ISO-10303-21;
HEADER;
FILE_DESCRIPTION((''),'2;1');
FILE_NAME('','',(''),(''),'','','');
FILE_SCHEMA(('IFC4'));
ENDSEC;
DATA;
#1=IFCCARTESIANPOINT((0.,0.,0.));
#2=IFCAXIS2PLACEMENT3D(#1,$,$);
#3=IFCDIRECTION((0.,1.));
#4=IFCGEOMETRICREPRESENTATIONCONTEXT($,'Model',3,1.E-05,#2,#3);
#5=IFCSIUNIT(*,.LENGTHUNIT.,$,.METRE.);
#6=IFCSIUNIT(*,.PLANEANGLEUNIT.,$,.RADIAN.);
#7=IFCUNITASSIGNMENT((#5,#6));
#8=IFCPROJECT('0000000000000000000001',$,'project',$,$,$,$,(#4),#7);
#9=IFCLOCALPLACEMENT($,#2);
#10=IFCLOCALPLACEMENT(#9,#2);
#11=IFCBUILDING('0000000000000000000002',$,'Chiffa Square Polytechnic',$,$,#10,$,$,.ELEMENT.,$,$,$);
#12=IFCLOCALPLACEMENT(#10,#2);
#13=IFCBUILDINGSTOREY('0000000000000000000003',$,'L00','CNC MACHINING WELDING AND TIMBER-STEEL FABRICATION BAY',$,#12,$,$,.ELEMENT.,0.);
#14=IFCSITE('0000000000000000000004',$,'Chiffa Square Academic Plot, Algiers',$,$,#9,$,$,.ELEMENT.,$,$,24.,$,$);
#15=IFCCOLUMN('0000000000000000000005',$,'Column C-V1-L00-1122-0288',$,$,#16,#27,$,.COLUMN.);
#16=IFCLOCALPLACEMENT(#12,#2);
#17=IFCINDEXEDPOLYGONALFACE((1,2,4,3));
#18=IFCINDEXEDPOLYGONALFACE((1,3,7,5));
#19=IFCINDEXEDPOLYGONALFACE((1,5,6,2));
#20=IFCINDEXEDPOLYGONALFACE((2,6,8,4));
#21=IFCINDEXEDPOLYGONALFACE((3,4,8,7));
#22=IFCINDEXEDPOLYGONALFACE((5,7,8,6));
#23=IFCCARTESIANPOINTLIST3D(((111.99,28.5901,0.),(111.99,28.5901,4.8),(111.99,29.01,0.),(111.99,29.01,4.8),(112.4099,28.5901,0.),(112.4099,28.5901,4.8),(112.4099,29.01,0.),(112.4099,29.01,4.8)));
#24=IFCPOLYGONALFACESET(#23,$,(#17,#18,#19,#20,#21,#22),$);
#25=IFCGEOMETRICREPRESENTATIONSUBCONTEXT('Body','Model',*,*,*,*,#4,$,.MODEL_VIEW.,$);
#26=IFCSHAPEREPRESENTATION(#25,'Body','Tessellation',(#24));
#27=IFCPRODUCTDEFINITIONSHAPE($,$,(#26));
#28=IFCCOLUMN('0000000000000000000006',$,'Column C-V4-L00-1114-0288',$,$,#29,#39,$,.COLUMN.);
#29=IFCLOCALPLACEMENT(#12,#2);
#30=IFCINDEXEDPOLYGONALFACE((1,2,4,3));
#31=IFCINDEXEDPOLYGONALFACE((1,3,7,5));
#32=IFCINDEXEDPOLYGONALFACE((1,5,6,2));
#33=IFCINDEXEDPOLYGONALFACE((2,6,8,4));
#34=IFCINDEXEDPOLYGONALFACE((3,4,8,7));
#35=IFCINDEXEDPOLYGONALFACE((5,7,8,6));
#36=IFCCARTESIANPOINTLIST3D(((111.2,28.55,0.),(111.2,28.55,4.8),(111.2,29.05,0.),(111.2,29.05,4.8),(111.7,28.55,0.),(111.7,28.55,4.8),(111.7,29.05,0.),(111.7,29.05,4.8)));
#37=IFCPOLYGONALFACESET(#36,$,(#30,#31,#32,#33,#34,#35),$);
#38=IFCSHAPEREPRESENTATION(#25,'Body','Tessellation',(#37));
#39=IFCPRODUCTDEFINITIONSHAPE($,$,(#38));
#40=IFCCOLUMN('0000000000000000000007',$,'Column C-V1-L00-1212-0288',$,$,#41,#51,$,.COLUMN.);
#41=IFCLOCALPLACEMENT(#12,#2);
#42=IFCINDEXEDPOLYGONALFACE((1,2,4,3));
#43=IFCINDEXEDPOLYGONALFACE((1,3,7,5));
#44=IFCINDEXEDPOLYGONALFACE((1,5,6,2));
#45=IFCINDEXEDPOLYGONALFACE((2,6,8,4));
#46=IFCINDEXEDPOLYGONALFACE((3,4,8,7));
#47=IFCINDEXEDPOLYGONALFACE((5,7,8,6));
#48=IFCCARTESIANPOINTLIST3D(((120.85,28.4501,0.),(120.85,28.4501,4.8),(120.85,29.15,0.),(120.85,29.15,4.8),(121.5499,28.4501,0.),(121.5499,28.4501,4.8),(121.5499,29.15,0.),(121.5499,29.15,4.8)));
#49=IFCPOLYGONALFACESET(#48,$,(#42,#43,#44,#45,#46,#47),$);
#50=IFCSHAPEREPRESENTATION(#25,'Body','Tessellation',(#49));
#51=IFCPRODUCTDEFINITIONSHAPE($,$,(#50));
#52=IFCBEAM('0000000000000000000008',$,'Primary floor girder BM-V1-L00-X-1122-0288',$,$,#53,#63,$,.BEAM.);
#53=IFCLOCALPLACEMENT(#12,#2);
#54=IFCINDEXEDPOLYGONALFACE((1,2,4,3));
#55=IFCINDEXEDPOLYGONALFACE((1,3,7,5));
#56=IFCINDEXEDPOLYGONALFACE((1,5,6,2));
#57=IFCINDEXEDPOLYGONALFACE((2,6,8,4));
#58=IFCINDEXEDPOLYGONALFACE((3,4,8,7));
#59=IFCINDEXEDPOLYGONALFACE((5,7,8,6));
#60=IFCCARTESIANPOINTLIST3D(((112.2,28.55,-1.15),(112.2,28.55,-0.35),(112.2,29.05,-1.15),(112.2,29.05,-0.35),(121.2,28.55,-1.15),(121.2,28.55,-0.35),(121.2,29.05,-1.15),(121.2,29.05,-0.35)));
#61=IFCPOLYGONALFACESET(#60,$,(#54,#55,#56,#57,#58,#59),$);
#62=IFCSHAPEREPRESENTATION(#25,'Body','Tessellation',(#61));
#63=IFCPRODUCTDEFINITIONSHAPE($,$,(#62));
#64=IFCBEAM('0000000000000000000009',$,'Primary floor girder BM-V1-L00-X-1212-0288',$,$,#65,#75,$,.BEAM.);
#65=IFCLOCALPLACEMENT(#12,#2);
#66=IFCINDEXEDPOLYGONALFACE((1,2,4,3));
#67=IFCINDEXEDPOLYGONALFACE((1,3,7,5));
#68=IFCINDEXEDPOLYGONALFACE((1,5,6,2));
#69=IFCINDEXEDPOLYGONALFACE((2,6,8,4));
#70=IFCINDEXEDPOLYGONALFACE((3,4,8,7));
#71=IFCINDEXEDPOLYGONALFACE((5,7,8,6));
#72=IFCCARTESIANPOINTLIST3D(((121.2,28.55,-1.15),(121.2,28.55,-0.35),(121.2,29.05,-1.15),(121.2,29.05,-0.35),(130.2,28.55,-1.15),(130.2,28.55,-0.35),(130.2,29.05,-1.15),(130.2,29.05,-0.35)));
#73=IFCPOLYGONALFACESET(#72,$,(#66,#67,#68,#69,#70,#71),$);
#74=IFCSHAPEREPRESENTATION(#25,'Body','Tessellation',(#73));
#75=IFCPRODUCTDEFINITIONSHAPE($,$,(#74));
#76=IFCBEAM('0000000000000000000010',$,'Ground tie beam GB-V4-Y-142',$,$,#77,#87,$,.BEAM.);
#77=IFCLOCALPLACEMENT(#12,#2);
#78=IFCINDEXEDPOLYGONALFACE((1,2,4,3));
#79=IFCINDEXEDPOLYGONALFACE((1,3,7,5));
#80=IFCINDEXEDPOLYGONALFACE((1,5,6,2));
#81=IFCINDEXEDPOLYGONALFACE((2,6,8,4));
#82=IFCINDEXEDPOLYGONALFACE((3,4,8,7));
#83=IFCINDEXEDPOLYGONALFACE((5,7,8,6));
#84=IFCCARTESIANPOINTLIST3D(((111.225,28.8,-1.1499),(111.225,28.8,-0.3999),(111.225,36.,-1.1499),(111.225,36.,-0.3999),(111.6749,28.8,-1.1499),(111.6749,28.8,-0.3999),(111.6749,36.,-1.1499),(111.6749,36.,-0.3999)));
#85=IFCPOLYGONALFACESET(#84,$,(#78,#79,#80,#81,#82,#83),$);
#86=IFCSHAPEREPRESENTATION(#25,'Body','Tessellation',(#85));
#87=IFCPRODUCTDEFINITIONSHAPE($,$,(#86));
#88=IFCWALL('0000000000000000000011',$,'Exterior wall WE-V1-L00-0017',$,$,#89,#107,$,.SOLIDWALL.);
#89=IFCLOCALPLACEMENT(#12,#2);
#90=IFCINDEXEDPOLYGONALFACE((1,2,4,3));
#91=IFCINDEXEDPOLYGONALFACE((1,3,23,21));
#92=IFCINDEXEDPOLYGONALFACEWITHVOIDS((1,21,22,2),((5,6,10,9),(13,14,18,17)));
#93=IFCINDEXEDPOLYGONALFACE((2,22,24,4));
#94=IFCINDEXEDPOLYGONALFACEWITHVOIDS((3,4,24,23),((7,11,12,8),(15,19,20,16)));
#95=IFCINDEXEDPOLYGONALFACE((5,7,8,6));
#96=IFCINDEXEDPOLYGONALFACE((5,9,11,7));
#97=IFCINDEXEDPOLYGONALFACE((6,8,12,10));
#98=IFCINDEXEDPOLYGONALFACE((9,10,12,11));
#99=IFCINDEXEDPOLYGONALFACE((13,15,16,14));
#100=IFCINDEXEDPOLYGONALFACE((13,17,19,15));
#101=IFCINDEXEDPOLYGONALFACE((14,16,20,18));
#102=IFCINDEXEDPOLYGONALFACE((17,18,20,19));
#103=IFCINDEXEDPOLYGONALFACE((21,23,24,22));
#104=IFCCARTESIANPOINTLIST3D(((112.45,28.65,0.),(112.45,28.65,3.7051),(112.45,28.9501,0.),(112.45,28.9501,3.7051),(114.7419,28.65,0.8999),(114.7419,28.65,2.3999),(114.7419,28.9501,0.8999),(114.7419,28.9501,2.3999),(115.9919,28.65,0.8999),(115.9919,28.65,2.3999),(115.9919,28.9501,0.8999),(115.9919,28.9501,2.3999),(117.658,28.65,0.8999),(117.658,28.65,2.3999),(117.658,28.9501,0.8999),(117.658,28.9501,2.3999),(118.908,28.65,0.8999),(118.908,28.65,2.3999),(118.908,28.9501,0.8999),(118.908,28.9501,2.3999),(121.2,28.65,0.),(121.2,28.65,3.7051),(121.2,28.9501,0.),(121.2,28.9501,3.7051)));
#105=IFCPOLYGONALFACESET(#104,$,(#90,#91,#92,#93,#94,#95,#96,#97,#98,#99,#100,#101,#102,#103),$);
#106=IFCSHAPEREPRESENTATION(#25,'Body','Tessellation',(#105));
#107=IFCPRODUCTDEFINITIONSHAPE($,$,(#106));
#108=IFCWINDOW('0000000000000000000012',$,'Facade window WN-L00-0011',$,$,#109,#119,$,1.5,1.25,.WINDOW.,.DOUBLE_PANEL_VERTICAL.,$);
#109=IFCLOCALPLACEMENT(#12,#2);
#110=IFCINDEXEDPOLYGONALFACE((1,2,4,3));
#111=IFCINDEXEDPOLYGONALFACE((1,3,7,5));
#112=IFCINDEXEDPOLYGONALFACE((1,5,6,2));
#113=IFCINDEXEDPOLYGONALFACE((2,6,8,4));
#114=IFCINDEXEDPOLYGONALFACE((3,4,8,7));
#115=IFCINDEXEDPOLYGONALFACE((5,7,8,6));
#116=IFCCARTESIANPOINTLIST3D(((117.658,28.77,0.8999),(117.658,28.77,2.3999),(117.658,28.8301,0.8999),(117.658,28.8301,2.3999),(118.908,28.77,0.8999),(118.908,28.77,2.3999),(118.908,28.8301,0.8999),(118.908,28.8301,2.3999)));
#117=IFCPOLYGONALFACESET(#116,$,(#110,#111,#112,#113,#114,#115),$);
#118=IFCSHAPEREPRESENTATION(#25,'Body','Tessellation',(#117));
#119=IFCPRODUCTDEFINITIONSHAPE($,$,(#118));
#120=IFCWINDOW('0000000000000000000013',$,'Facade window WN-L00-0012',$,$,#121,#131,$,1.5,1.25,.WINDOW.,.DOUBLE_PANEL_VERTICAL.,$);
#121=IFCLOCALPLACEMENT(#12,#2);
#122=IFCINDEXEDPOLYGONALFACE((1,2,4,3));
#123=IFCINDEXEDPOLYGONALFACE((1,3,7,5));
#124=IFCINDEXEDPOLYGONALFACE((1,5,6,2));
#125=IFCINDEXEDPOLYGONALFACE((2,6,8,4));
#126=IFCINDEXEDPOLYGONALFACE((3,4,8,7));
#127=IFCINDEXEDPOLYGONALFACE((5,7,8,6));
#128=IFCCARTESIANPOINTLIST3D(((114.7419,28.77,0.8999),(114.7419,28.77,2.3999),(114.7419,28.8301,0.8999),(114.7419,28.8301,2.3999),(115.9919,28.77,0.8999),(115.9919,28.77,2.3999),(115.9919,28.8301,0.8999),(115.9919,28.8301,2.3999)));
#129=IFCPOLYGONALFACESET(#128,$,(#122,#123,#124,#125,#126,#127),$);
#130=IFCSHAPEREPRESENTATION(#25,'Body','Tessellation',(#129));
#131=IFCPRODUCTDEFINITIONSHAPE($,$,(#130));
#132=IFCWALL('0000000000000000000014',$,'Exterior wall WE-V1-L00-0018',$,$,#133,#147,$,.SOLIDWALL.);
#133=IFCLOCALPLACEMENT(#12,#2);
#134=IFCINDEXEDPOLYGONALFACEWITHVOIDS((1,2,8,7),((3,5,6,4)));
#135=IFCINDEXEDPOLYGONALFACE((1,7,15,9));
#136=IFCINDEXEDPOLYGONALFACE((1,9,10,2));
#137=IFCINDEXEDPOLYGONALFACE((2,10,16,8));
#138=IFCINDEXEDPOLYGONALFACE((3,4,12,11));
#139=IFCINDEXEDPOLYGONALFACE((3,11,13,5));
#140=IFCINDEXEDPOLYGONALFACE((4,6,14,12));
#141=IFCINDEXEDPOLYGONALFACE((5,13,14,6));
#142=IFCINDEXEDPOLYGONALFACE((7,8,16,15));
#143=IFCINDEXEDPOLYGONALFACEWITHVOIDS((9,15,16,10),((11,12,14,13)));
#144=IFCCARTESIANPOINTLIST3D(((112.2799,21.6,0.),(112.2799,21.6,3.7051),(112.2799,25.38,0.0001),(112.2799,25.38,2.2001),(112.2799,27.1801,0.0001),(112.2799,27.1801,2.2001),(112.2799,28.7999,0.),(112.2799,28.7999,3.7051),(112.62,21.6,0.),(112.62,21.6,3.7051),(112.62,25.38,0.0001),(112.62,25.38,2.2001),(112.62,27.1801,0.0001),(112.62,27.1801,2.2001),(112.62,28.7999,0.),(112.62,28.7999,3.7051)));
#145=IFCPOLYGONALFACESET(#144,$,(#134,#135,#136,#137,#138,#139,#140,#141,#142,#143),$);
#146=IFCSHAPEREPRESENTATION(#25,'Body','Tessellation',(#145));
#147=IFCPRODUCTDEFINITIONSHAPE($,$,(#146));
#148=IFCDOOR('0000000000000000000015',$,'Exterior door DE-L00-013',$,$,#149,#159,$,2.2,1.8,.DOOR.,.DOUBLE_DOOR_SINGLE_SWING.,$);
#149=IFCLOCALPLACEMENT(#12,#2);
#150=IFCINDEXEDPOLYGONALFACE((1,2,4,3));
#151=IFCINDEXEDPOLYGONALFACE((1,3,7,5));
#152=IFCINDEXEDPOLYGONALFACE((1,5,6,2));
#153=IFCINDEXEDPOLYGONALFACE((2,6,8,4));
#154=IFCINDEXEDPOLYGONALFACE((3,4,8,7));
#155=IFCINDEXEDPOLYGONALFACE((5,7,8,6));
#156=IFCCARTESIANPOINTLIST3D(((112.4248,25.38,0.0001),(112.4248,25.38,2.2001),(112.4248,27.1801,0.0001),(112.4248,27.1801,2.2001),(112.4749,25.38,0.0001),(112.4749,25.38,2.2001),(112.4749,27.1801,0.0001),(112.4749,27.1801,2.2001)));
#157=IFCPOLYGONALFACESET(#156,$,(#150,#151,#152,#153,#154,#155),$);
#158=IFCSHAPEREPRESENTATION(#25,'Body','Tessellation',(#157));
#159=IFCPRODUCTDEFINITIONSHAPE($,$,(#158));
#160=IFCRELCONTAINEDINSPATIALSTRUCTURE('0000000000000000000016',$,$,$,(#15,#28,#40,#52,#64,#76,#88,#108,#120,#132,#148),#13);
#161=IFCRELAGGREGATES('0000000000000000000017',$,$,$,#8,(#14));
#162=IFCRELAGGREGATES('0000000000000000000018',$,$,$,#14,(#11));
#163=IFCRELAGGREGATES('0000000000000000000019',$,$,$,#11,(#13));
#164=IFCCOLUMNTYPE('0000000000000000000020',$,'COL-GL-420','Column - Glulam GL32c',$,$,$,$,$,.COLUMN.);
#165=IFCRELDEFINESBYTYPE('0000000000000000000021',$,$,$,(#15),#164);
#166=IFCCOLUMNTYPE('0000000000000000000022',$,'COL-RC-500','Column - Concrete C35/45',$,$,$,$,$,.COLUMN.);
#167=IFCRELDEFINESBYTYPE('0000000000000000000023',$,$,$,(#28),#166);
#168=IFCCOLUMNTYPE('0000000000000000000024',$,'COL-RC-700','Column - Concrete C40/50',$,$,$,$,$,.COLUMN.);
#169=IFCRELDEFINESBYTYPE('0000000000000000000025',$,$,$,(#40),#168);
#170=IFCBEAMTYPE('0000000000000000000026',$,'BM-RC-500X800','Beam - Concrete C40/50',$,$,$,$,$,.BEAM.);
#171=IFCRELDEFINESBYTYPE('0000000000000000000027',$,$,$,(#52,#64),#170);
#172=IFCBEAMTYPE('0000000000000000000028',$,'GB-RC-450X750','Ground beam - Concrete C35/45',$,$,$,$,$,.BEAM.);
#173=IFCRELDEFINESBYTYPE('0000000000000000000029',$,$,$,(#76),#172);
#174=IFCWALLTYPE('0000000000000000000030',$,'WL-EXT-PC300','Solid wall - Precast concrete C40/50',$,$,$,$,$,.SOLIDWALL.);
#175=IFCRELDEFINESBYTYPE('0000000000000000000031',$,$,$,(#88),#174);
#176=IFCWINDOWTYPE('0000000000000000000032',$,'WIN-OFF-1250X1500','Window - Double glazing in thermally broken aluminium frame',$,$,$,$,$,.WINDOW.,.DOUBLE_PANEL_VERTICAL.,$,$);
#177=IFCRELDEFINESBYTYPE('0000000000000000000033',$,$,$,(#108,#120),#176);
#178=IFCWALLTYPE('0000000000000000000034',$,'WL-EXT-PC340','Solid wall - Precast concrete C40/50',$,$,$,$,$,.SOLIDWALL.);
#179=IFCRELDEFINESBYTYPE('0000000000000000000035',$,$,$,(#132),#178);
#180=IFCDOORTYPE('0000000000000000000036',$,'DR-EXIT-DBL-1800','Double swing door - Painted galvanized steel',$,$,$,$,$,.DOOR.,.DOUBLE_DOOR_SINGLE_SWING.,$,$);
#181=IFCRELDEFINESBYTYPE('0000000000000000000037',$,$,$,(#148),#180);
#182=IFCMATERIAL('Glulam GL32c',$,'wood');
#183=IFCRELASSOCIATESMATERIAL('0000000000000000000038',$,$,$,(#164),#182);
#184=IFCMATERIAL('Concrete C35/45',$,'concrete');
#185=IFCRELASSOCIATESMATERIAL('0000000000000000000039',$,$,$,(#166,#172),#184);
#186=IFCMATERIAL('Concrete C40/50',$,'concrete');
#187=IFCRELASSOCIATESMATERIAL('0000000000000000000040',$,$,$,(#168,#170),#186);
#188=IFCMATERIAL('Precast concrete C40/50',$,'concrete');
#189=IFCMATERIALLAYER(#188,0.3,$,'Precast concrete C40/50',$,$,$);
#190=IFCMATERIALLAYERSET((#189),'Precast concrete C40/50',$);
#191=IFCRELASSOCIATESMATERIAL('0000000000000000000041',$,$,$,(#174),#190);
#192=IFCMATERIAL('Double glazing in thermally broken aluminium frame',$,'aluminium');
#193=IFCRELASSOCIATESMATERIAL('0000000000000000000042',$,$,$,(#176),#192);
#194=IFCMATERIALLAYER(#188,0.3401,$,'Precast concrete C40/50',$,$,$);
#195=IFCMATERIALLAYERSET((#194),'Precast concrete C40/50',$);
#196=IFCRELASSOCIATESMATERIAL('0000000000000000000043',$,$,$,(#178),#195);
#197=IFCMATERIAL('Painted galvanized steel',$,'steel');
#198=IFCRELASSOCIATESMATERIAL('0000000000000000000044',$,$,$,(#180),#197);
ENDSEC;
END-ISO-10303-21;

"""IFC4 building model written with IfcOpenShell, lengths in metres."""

from ifc_helpers import new_model, si_unit, direction, frame, frame_2d, origin, origin_2d, place, context, subcontext, project, spatial, rectangle, extrude, material, layer, layer_set, material_profile, profile_set, type_object, element, fill, save


model = new_model("IFC4")

# Units and contexts
model_context = context("Model", 3, precision=1e-05, world=origin(), true_north=direction((0.0, 1.0)))
body_context = subcontext(model_context, "Body", "Model", "MODEL_VIEW")
ifc_project = project(units=[si_unit("LENGTHUNIT", "METRE"), si_unit("PLANEANGLEUNIT", "RADIAN")], contexts=[model_context])

# Site, building, storey
site_placement = place(None, origin())
site = spatial("IfcSite", under=ifc_project, at=site_placement, Name="Chiffa Square Academic Plot, Algiers", CompositionType="ELEMENT", RefElevation=24.0)
building_placement = place(site_placement, origin())
building = spatial("IfcBuilding", under=site, at=building_placement, Name="Chiffa Square Polytechnic", CompositionType="ELEMENT")
storey_placement = place(building_placement, origin())
storey = spatial("IfcBuildingStorey", under=building, at=storey_placement, Name="L00", Description="CNC MACHINING WELDING AND TIMBER-STEEL FABRICATION BAY", CompositionType="ELEMENT", Elevation=0.0)

# Columns
ifc_material_1 = material(Name="Glulam GL32c", Category="wood")
ifc_material_profile_1 = material_profile(ifc_material_1, rectangle(XDim=0.4199, YDim=0.4199, at=origin_2d()), Name="GL32c 420x420")
ifc_profile_set_1 = profile_set([ifc_material_profile_1], Name="Glulam GL32c")
column_type_1 = type_object("IfcColumnType", Name="COL-GL-420", Description="Column - Glulam GL32c", PredefinedType="COLUMN", material=ifc_profile_set_1)
column_1_placement = place(storey_placement, frame((112.2, 28.8, 0.0), z_axis=(0.0, 0.0, 1.0), x_axis=(1.0, 0.0, 0.0)))
element("IfcColumn", 1, at=column_1_placement, inside=storey, type_object=column_type_1, Name="Column C-V1-L00-1122-0288", PredefinedType="COLUMN", context=body_context, shape_type="SweptSolid", body=[
    extrude(rectangle(XDim=0.4199, YDim=0.4199, at=origin_2d()), origin(), (0.0, 0.0, 1.0), 4.8),
])
ifc_material_2 = material(Name="Concrete C35/45", Category="concrete")
ifc_material_profile_2 = material_profile(ifc_material_2, rectangle(XDim=0.5, YDim=0.5, at=origin_2d()), Name="RC 500x500")
ifc_profile_set_2 = profile_set([ifc_material_profile_2], Name="Concrete C35/45")
column_type_2 = type_object("IfcColumnType", Name="COL-RC-500", Description="Column - Concrete C35/45", PredefinedType="COLUMN", material=ifc_profile_set_2)
column_2_placement = place(storey_placement, frame((111.45, 28.8, 0.0), z_axis=(0.0, 0.0, 1.0), x_axis=(1.0, 0.0, 0.0)))
element("IfcColumn", 2, at=column_2_placement, inside=storey, type_object=column_type_2, Name="Column C-V4-L00-1114-0288", PredefinedType="COLUMN", context=body_context, shape_type="SweptSolid", body=[
    extrude(rectangle(XDim=0.5, YDim=0.5, at=origin_2d()), origin(), (0.0, 0.0, 1.0), 4.8),
])
ifc_material_3 = material(Name="Concrete C40/50", Category="concrete")
ifc_material_profile_3 = material_profile(ifc_material_3, rectangle(XDim=0.7, YDim=0.7, at=origin_2d()), Name="RC 700x700")
ifc_profile_set_3 = profile_set([ifc_material_profile_3], Name="Concrete C40/50")
column_type_3 = type_object("IfcColumnType", Name="COL-RC-700", Description="Column - Concrete C40/50", PredefinedType="COLUMN", material=ifc_profile_set_3)
column_3_placement = place(storey_placement, frame((121.2, 28.8, 0.0), z_axis=(0.0, 0.0, 1.0), x_axis=(1.0, 0.0, 0.0)))
element("IfcColumn", 3, at=column_3_placement, inside=storey, type_object=column_type_3, Name="Column C-V1-L00-1212-0288", PredefinedType="COLUMN", context=body_context, shape_type="SweptSolid", body=[
    extrude(rectangle(XDim=0.7, YDim=0.7, at=origin_2d()), origin(), (0.0, 0.0, 1.0), 4.8),
])

# Beams
ifc_material_profile_4 = material_profile(ifc_material_3, rectangle(XDim=0.5, YDim=0.8, at=origin_2d()), Name="RC 500x800")
ifc_profile_set_4 = profile_set([ifc_material_profile_4], Name="Concrete C40/50")
beam_type_1 = type_object("IfcBeamType", Name="BM-RC-500X800", Description="Beam - Concrete C40/50", PredefinedType="BEAM", material=ifc_profile_set_4)
for number, where, z_axis, x_axis, name in (
    (4, (112.2, 28.8, -0.75), (1.0, 0.0, 0.0), (0.0, 1.0, 0.0), "Primary floor girder BM-V1-L00-X-1122-0288"),
    (5, (121.2, 28.8, -0.75), (1.0, 0.0, 0.0), (0.0, 1.0, 0.0), "Primary floor girder BM-V1-L00-X-1212-0288"),
):
    element("IfcBeam", number, at=place(storey_placement, frame(where, z_axis=z_axis, x_axis=x_axis)), inside=storey, type_object=beam_type_1, Name=name, PredefinedType="BEAM", context=body_context, shape_type="SweptSolid", body=[
        extrude(rectangle(XDim=0.5, YDim=0.8, at=origin_2d()), origin(), (0.0, 0.0, 1.0), 9.0),
    ])
ifc_material_profile_5 = material_profile(ifc_material_2, rectangle(XDim=0.45, YDim=0.75, at=origin_2d()), Name="RC 450x750")
ifc_profile_set_5 = profile_set([ifc_material_profile_5], Name="Concrete C35/45")
beam_type_2 = type_object("IfcBeamType", Name="GB-RC-450X750", Description="Ground beam - Concrete C35/45", PredefinedType="BEAM", material=ifc_profile_set_5)
beam_placement = place(storey_placement, frame((111.45, 28.8, -0.7749), z_axis=(0.0, 1.0, 0.0), x_axis=(-1.0, 0.0, 0.0)))
element("IfcBeam", 6, at=beam_placement, inside=storey, type_object=beam_type_2, Name="Ground tie beam GB-V4-Y-142", PredefinedType="BEAM", context=body_context, shape_type="SweptSolid", body=[
    extrude(rectangle(XDim=0.45, YDim=0.75, at=origin_2d()), origin(), (0.0, 0.0, 1.0), 7.2),
])

# Wall, openings, windows
ifc_material_4 = material(Name="Precast concrete C40/50", Category="concrete")
ifc_layer_1 = layer(ifc_material_4, 0.3, Name="Precast concrete C40/50")
ifc_layer_set_1 = layer_set([ifc_layer_1], Name="Precast concrete C40/50")
wall_type_1 = type_object("IfcWallType", Name="WL-EXT-PC300", Description="Solid wall - Precast concrete C40/50", PredefinedType="SOLIDWALL", material=ifc_layer_set_1)
wall_1_placement = place(storey_placement, frame((121.2, 28.8, 0.0), z_axis=(0.0, 0.0, 1.0), x_axis=(-1.0, 0.0, 0.0)))
wall_1 = element("IfcWall", 7, at=wall_1_placement, inside=storey, type_object=wall_type_1, Name="Exterior wall WE-V1-L00-0017", PredefinedType="SOLIDWALL", context=body_context, shape_type="SweptSolid", body=[
    extrude(rectangle(XDim=8.75, YDim=0.3, at=frame_2d((4.375, 0.0))), origin(), (0.0, 0.0, 1.0), 3.7051),
])
opening_1_placement = place(wall_1_placement, frame((2.292, 0.0, 0.8999)))
opening_1 = element("IfcOpeningElement", 8, at=opening_1_placement, cuts=wall_1, PredefinedType="OPENING", context=body_context, shape_type="SweptSolid", body=[
    extrude(rectangle(XDim=1.25, YDim=1.5, at=frame_2d((0.625, 0.75))), frame((0.0, 0.1602, 0.0), z_axis=(0.0, -1.0, 0.0), x_axis=(1.0, 0.0, 0.0)), (0.0, 0.0, 1.0), 0.3201),
])
opening_2_placement = place(wall_1_placement, frame((5.208, 0.0, 0.8999)))
opening_2 = element("IfcOpeningElement", 9, at=opening_2_placement, cuts=wall_1, PredefinedType="OPENING", context=body_context, shape_type="SweptSolid", body=[
    extrude(rectangle(XDim=1.25, YDim=1.5, at=frame_2d((0.625, 0.75))), frame((0.0, 0.1602, 0.0), z_axis=(0.0, -1.0, 0.0), x_axis=(1.0, 0.0, 0.0)), (0.0, 0.0, 1.0), 0.3201),
])
ifc_material_5 = material(Name="Double glazing in thermally broken aluminium frame", Category="aluminium")
window_type = type_object("IfcWindowType", Name="WIN-OFF-1250X1500", Description="Window - Double glazing in thermally broken aluminium frame", PartitioningType="DOUBLE_PANEL_VERTICAL", PredefinedType="WINDOW", material=ifc_material_5)
window_1_placement = place(opening_1_placement, origin())
window_1 = element("IfcWindow", 10, at=window_1_placement, inside=storey, type_object=window_type, Name="Facade window WN-L00-0011", OverallHeight=1.5, OverallWidth=1.25, PartitioningType="DOUBLE_PANEL_VERTICAL", PredefinedType="WINDOW", context=body_context, shape_type="SweptSolid", body=[
    extrude(rectangle(XDim=1.25, YDim=1.5, at=frame_2d((0.625, 0.75))), frame((0.0, 0.03, 0.0), z_axis=(0.0, -1.0, 0.0), x_axis=(1.0, 0.0, 0.0)), (0.0, 0.0, 1.0), 0.0601),
])
fill(opening_1, window_1)
window_2_placement = place(opening_2_placement, origin())
window_2 = element("IfcWindow", 11, at=window_2_placement, inside=storey, type_object=window_type, Name="Facade window WN-L00-0012", OverallHeight=1.5, OverallWidth=1.25, PartitioningType="DOUBLE_PANEL_VERTICAL", PredefinedType="WINDOW", context=body_context, shape_type="SweptSolid", body=[
    extrude(rectangle(XDim=1.25, YDim=1.5, at=frame_2d((0.625, 0.75))), frame((0.0, 0.03, 0.0), z_axis=(0.0, -1.0, 0.0), x_axis=(1.0, 0.0, 0.0)), (0.0, 0.0, 1.0), 0.0601),
])
fill(opening_2, window_2)

# Wall, opening, door
ifc_layer_2 = layer(ifc_material_4, 0.3401, Name="Precast concrete C40/50")
ifc_layer_set_2 = layer_set([ifc_layer_2], Name="Precast concrete C40/50")
wall_type_2 = type_object("IfcWallType", Name="WL-EXT-PC340", Description="Solid wall - Precast concrete C40/50", PredefinedType="SOLIDWALL", material=ifc_layer_set_2)
wall_2_placement = place(storey_placement, frame((112.45, 28.8, 0.0), z_axis=(0.0, 0.0, 1.0), x_axis=(0.0, -1.0, 0.0)))
wall_2 = element("IfcWall", 12, at=wall_2_placement, inside=storey, type_object=wall_type_2, Name="Exterior wall WE-V1-L00-0018", PredefinedType="SOLIDWALL", context=body_context, shape_type="SweptSolid", body=[
    extrude(rectangle(XDim=7.2, YDim=0.3401, at=frame_2d((3.6001, 0.0))), origin(), (0.0, 0.0, 1.0), 3.7051),
])
opening_3_placement = place(wall_2_placement, frame((1.6201, 0.0, 0.0)))
opening_3 = element("IfcOpeningElement", 13, at=opening_3_placement, cuts=wall_2, PredefinedType="OPENING", context=body_context, shape_type="SweptSolid", body=[
    extrude(rectangle(XDim=1.8, YDim=2.2, at=frame_2d((0.8999, 1.1001))), frame((0.0, 0.1802, 0.0), z_axis=(0.0, -1.0, 0.0), x_axis=(1.0, 0.0, 0.0)), (0.0, 0.0, 1.0), 0.3601),
])
ifc_material_6 = material(Name="Painted galvanized steel", Category="steel")
door_type_1 = type_object("IfcDoorType", Name="DR-EXIT-DBL-1800", Description="Double swing door - Painted galvanized steel", OperationType="DOUBLE_DOOR_SINGLE_SWING", PredefinedType="DOOR", material=ifc_material_6)
door_1_placement = place(opening_3_placement, origin())
door_1 = element("IfcDoor", 14, at=door_1_placement, inside=storey, type_object=door_type_1, Name="Exterior door DE-L00-013", OperationType="DOUBLE_DOOR_SINGLE_SWING", OverallHeight=2.2, OverallWidth=1.8, PredefinedType="DOOR", context=body_context, shape_type="SweptSolid", body=[
    extrude(rectangle(XDim=1.8, YDim=2.2, at=frame_2d((0.8999, 1.1001))), frame((0.0, 0.0249, 0.0), z_axis=(0.0, -1.0, 0.0), x_axis=(1.0, 0.0, 0.0)), (0.0, 0.0, 1.0), 0.05),
])
fill(opening_3, door_1)

save(model, "model.ifc")
